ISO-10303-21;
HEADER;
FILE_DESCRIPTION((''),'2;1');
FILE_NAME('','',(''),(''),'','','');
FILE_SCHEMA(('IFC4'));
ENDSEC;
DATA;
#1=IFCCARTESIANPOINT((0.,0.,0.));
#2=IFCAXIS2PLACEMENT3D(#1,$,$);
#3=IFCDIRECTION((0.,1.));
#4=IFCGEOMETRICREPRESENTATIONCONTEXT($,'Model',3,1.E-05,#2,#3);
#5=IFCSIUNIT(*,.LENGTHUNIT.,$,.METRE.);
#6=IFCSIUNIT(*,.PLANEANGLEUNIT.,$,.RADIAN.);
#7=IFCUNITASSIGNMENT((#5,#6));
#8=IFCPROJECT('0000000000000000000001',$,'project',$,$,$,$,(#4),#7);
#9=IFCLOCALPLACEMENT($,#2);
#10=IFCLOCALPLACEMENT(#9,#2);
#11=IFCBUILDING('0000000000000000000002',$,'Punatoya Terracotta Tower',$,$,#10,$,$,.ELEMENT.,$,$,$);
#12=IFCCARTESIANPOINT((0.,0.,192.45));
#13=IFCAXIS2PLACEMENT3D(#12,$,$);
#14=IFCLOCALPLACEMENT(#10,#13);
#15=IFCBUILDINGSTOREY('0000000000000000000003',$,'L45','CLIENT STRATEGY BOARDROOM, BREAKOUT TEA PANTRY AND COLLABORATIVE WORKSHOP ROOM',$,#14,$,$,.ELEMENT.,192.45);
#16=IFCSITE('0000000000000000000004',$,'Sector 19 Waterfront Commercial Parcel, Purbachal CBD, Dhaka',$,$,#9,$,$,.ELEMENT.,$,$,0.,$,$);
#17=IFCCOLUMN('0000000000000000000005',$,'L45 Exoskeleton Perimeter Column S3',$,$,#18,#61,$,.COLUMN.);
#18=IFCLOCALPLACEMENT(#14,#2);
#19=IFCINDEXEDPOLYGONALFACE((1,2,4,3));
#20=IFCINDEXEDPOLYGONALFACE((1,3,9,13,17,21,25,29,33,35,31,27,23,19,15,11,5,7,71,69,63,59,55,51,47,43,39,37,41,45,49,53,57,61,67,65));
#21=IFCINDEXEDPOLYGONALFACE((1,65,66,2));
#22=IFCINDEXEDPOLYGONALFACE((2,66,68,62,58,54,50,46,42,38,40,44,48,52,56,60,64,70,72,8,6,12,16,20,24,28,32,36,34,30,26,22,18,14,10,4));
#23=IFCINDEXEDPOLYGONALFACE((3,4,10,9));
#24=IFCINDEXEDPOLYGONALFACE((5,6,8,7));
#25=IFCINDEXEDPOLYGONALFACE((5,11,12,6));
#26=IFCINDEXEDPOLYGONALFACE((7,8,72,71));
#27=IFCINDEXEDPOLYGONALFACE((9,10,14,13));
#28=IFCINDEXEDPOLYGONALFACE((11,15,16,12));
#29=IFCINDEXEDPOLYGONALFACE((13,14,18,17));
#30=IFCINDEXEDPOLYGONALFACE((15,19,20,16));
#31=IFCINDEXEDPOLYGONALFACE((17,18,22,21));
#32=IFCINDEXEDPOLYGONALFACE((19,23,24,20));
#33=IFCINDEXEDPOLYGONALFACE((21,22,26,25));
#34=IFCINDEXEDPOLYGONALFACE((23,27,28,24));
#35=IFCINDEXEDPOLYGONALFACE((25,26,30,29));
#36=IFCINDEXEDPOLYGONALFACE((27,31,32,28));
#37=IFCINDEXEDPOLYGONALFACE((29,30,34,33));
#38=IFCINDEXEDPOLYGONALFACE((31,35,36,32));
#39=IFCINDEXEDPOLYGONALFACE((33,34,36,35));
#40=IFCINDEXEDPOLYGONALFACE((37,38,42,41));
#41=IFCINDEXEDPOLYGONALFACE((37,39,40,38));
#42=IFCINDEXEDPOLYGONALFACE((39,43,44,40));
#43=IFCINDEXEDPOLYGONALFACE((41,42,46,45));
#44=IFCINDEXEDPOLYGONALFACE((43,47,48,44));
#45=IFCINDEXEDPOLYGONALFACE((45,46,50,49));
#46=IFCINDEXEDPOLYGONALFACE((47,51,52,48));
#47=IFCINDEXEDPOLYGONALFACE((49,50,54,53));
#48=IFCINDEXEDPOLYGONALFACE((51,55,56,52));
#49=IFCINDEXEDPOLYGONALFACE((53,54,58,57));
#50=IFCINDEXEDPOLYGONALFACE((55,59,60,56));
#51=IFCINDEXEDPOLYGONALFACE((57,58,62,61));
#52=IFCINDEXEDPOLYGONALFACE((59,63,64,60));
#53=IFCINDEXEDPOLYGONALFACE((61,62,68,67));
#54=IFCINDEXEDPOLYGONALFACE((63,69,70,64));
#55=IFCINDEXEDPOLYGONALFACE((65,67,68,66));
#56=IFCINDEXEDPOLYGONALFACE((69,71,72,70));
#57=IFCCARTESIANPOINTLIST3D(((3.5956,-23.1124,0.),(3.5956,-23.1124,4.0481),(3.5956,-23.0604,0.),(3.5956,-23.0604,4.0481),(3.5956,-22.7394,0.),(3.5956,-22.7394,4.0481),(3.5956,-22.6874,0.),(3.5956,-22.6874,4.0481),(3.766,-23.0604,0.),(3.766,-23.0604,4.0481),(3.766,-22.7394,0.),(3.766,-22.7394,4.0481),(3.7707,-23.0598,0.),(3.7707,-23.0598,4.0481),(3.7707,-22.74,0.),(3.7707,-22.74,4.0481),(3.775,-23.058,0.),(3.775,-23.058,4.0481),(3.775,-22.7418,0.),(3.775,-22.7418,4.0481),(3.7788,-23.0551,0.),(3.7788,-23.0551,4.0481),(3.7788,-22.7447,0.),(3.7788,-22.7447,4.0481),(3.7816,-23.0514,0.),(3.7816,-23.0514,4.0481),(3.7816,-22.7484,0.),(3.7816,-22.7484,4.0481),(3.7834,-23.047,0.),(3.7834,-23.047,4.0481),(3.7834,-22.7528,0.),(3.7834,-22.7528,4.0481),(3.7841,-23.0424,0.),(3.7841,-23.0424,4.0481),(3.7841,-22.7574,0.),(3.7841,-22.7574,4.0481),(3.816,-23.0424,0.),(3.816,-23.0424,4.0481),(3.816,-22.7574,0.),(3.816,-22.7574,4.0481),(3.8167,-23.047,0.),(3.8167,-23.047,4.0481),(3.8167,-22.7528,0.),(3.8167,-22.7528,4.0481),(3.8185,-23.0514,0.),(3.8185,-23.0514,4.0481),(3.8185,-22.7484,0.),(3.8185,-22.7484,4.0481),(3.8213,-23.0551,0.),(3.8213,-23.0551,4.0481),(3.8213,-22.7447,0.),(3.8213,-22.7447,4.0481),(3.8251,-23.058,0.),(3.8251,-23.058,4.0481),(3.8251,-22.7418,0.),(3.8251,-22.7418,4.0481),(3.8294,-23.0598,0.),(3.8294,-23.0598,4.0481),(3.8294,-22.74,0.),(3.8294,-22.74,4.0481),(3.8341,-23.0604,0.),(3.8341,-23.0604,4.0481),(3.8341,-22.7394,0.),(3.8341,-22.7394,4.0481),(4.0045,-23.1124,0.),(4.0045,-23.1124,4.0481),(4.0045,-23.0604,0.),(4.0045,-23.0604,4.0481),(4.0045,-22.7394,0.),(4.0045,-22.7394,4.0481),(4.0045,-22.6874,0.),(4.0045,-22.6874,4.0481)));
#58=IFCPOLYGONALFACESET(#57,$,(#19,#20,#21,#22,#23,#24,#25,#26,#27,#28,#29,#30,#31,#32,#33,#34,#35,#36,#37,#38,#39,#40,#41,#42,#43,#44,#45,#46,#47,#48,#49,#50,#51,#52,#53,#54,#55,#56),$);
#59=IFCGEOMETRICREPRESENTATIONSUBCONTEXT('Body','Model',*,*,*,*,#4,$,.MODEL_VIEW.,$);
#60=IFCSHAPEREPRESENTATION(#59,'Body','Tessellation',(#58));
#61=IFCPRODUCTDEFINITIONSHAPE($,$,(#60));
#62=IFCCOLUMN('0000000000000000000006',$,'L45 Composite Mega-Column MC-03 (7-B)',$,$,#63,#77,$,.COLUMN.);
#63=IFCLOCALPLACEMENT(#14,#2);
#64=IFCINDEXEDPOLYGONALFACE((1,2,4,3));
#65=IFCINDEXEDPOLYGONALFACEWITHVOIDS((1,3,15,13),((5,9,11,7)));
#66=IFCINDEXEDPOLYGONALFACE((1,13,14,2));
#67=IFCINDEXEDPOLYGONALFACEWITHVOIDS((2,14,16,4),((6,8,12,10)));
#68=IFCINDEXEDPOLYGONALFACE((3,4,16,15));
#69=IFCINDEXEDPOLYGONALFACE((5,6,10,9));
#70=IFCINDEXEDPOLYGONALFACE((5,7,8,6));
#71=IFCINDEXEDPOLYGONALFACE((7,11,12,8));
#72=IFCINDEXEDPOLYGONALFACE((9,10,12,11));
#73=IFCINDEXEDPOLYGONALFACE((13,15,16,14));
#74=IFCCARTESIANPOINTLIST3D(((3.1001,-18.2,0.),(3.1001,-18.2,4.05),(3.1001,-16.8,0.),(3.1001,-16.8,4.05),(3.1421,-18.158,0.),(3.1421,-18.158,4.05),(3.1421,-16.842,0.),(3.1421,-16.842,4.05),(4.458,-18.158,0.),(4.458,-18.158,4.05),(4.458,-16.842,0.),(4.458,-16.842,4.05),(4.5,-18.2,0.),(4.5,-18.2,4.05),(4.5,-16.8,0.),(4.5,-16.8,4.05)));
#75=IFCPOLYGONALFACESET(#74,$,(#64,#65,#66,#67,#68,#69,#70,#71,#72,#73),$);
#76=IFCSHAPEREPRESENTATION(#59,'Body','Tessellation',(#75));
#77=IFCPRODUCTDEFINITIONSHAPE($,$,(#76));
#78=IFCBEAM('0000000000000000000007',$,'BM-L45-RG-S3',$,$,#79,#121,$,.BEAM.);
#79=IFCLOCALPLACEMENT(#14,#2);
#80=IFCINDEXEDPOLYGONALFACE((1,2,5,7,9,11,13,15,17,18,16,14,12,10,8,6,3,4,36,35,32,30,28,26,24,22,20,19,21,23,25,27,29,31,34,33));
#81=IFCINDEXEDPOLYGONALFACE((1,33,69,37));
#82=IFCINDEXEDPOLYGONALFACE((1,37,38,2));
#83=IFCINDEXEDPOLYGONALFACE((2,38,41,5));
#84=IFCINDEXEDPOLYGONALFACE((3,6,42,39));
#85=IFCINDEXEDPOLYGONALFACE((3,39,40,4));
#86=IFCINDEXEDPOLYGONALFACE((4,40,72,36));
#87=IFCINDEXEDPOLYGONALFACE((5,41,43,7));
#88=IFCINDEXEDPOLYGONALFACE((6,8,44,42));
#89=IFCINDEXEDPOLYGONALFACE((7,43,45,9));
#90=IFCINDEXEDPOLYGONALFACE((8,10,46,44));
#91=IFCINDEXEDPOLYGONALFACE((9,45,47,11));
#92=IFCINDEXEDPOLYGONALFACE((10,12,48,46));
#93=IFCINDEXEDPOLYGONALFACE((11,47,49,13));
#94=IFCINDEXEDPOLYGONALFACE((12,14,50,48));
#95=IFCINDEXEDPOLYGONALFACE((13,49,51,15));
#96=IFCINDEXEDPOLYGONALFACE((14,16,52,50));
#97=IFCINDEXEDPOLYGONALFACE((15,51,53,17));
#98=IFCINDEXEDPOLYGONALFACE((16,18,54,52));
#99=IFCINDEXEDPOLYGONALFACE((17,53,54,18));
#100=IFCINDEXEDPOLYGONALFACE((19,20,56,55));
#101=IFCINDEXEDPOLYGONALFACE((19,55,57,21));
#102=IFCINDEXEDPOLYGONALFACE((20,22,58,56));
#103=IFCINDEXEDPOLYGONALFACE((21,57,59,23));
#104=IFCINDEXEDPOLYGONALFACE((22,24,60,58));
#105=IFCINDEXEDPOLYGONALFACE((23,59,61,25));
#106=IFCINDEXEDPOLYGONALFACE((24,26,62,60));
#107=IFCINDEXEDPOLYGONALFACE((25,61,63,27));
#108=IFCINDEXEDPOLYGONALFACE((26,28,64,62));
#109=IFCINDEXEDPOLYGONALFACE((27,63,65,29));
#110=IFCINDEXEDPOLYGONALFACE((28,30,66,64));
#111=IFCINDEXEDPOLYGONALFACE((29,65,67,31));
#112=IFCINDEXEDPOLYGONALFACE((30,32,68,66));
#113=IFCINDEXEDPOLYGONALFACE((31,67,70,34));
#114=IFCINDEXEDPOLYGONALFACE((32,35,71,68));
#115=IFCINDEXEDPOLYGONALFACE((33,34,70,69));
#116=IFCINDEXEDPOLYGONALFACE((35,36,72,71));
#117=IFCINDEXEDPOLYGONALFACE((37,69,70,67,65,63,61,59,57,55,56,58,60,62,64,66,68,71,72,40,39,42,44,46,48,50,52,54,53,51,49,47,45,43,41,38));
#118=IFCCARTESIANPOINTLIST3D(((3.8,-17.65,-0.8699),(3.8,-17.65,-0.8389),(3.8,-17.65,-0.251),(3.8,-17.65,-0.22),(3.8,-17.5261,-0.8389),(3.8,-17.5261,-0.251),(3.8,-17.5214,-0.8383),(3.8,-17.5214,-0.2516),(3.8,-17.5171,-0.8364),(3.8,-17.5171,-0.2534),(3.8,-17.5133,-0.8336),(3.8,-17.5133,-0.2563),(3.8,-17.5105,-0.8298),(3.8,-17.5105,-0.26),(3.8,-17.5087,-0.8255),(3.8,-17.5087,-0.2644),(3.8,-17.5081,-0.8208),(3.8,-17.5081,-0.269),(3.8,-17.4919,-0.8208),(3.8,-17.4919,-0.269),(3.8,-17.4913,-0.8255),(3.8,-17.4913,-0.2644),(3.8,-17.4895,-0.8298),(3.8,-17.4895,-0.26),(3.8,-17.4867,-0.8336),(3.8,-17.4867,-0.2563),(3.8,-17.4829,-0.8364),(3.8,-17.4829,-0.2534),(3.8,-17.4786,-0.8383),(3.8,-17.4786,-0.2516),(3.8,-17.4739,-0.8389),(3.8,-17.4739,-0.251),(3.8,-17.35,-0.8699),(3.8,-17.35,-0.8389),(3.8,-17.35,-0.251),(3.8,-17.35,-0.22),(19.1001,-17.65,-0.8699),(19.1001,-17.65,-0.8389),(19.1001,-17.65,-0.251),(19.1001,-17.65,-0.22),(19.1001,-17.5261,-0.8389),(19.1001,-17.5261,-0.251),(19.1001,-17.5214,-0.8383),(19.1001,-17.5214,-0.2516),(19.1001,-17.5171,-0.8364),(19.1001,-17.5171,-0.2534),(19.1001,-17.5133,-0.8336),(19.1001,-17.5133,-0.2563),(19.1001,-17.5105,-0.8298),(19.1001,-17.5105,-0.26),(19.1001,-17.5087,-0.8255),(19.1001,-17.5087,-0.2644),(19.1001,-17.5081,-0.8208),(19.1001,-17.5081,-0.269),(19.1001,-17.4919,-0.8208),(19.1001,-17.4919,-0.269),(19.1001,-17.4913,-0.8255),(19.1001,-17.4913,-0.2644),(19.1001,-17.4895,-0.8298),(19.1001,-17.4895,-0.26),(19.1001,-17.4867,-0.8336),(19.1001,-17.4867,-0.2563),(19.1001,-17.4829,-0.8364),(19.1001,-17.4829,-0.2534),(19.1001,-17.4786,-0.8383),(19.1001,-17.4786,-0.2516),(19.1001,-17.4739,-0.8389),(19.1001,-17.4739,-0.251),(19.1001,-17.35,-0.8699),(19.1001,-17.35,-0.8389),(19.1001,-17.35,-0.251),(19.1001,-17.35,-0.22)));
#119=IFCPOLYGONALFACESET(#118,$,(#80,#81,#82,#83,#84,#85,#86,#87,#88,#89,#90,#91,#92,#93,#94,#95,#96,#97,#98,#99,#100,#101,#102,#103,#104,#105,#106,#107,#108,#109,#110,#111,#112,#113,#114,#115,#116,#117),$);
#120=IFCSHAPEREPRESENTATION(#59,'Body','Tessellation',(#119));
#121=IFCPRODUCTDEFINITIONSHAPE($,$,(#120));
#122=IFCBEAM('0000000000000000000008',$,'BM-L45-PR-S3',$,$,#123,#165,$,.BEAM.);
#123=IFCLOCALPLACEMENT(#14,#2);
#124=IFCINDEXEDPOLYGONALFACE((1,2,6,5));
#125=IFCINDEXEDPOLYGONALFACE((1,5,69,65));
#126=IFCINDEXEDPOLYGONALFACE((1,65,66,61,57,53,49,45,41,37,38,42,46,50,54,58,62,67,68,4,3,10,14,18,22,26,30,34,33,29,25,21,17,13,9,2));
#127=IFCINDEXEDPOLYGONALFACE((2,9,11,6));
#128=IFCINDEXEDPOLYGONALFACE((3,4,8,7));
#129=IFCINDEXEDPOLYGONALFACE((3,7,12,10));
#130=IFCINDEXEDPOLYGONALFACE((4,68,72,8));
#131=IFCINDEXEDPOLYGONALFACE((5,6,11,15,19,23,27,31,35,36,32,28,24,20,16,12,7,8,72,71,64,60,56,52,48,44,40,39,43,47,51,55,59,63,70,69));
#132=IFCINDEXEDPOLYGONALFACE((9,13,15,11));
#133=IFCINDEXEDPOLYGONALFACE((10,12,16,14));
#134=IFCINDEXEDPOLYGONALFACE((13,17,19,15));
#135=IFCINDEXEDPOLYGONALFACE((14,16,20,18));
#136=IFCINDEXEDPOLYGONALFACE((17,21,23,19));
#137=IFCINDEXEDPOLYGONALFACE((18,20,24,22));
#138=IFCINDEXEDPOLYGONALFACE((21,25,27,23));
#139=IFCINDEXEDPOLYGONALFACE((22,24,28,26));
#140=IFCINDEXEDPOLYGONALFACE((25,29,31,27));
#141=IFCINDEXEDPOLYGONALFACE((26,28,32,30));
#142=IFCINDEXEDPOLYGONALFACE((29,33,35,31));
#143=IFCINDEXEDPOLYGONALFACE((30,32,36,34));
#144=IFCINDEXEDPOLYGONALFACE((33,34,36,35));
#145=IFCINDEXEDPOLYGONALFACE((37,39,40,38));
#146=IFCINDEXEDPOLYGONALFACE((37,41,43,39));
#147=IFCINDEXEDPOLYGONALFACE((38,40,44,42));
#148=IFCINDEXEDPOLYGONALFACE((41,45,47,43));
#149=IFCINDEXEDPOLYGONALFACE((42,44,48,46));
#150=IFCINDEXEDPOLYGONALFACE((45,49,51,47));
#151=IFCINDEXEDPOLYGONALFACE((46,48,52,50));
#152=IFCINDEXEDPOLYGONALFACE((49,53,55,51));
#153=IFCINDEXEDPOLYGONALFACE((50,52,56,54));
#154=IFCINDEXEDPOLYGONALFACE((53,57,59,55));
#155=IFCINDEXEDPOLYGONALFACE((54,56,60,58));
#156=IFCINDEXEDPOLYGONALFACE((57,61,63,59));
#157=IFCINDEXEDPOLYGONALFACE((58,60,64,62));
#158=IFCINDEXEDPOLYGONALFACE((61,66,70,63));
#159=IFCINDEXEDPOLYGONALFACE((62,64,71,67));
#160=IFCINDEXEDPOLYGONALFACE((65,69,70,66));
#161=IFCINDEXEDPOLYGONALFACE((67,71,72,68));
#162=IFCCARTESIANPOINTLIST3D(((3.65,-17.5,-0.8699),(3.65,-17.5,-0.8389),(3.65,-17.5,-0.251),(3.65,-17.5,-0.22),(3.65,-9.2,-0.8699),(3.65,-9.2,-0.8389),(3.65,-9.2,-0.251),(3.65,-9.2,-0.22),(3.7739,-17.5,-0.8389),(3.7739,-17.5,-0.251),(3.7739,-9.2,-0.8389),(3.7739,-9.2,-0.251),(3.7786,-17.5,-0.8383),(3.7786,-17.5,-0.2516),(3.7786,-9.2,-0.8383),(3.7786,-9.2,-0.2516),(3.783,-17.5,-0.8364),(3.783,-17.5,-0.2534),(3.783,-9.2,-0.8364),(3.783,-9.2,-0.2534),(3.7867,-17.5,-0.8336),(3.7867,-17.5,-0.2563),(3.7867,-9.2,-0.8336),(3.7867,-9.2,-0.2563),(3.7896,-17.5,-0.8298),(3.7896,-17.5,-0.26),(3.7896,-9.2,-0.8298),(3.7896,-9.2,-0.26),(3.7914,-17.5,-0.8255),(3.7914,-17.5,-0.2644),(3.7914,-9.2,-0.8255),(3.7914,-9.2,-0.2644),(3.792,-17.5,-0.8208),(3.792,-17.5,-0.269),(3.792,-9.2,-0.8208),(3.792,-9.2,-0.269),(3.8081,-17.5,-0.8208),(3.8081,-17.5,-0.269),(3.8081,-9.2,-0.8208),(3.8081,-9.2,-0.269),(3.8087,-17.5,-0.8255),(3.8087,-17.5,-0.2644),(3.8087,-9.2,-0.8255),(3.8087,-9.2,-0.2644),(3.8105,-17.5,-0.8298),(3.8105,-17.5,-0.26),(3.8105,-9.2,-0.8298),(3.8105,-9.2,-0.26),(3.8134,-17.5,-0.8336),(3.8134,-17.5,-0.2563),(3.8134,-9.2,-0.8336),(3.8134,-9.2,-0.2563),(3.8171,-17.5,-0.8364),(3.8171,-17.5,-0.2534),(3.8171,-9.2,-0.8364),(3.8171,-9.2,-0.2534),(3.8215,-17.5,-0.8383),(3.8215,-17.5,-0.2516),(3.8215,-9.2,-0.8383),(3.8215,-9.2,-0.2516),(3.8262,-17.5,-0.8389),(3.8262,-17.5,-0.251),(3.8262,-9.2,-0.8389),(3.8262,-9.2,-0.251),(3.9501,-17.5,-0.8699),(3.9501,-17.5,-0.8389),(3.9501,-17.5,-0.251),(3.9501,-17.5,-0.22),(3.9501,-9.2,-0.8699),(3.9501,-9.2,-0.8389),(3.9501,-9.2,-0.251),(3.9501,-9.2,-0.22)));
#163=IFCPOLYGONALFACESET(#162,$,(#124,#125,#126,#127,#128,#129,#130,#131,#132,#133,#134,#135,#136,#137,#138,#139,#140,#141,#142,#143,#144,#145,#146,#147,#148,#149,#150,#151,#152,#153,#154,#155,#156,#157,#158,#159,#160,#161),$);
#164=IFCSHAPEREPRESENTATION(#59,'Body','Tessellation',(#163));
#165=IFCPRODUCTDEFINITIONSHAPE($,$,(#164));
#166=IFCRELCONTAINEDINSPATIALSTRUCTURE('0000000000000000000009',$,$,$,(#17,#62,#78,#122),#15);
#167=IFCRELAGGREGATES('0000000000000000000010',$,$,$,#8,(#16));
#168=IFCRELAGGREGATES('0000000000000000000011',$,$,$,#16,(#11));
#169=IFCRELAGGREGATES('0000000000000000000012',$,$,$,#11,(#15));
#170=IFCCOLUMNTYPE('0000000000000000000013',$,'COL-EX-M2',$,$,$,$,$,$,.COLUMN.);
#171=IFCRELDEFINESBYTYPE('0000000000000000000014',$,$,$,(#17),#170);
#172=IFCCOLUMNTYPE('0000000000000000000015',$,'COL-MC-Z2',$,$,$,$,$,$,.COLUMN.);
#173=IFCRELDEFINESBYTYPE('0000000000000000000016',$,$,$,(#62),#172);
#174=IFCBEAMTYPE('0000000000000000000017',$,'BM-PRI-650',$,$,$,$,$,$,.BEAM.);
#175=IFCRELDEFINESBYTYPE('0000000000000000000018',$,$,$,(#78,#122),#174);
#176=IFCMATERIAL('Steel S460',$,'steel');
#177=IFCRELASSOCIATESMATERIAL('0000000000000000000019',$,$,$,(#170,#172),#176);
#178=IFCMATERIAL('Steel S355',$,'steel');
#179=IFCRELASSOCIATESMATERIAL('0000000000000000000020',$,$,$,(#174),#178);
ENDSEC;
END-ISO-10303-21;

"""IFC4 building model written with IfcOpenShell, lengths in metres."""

from ifc_helpers import new_model, si_unit, direction, frame, origin, origin_2d, place, context, subcontext, project, spatial, hollow_rectangle, i_section, extrude, material, material_profile, profile_set, type_object, element, save


model = new_model("IFC4")

# Units and contexts
model_context = context("Model", 3, precision=1e-05, world=origin(), true_north=direction((0.0, 1.0)))
body_context = subcontext(model_context, "Body", "Model", "MODEL_VIEW")
ifc_project = project(units=[si_unit("LENGTHUNIT", "METRE"), si_unit("PLANEANGLEUNIT", "RADIAN")], contexts=[model_context])

# Site, building, storey
site_placement = place(None, origin())
site = spatial("IfcSite", under=ifc_project, at=site_placement, Name="Sector 19 Waterfront Commercial Parcel, Purbachal CBD, Dhaka", CompositionType="ELEMENT", RefElevation=0.0)
building_placement = place(site_placement, origin())
building = spatial("IfcBuilding", under=site, at=building_placement, Name="Punatoya Terracotta Tower", CompositionType="ELEMENT")
storey_placement = place(building_placement, frame((0.0, 0.0, 192.45)))
storey = spatial("IfcBuildingStorey", under=building, at=storey_placement, Name="L45", Description="CLIENT STRATEGY BOARDROOM, BREAKOUT TEA PANTRY AND COLLABORATIVE WORKSHOP ROOM", CompositionType="ELEMENT", Elevation=192.45)

# Columns
ifc_material_1 = material(Name="Steel S460", Category="steel")
ifc_material_profile_1 = material_profile(ifc_material_1, i_section(OverallWidth=0.4089, OverallDepth=0.425, WebThickness=0.032, FlangeThickness=0.052, FilletRadius=0.0181, at=origin_2d()))
ifc_profile_set_1 = profile_set([ifc_material_profile_1], Name="Steel S460")
column_type_1 = type_object("IfcColumnType", Name="COL-EX-M2", PredefinedType="COLUMN", material=ifc_profile_set_1)
column_1_placement = place(storey_placement, frame((3.8, -22.8999, 0.0), z_axis=(0.0, 0.0, 1.0), x_axis=(1.0, 0.0, 0.0)))
element("IfcColumn", 1, at=column_1_placement, inside=storey, type_object=column_type_1, Name="L45 Exoskeleton Perimeter Column S3", PredefinedType="COLUMN", context=body_context, shape_type="SweptSolid", body=[
    extrude(i_section(OverallWidth=0.4089, OverallDepth=0.425, WebThickness=0.032, FlangeThickness=0.052, FilletRadius=0.0181, at=origin_2d()), origin(), (0.0, 0.0, 1.0), 4.0481),
])
ifc_material_profile_2 = material_profile(ifc_material_1, hollow_rectangle(XDim=1.3999, YDim=1.3999, WallThickness=0.042, at=origin_2d()))
ifc_profile_set_2 = profile_set([ifc_material_profile_2], Name="Steel S460")
column_type_2 = type_object("IfcColumnType", Name="COL-MC-Z2", PredefinedType="COLUMN", material=ifc_profile_set_2)
column_2_placement = place(storey_placement, frame((3.8, -17.5, 0.0), z_axis=(0.0, 0.0, 1.0), x_axis=(1.0, 0.0, 0.0)))
element("IfcColumn", 2, at=column_2_placement, inside=storey, type_object=column_type_2, Name="L45 Composite Mega-Column MC-03 (7-B)", PredefinedType="COLUMN", context=body_context, shape_type="SweptSolid", body=[
    extrude(hollow_rectangle(XDim=1.3999, YDim=1.3999, WallThickness=0.042, at=origin_2d()), origin(), (0.0, 0.0, 1.0), 4.05),
])

# Beams
ifc_material_2 = material(Name="Steel S355", Category="steel")
ifc_material_profile_3 = material_profile(ifc_material_2, i_section(OverallWidth=0.3, OverallDepth=0.6499, WebThickness=0.0161, FlangeThickness=0.031, FilletRadius=0.0181, at=origin_2d()))
ifc_profile_set_3 = profile_set([ifc_material_profile_3], Name="Steel S355")
beam_type_1 = type_object("IfcBeamType", Name="BM-PRI-650", PredefinedType="BEAM", material=ifc_profile_set_3)
beam_1_placement = place(storey_placement, frame((3.8, -17.5, -0.5449), z_axis=(1.0, 0.0, 0.0), x_axis=(0.0, 1.0, 0.0)))
element("IfcBeam", 3, at=beam_1_placement, inside=storey, type_object=beam_type_1, Name="BM-L45-RG-S3", PredefinedType="BEAM", context=body_context, shape_type="SweptSolid", body=[
    extrude(i_section(OverallWidth=0.3, OverallDepth=0.6499, WebThickness=0.0161, FlangeThickness=0.031, FilletRadius=0.0181, at=origin_2d()), origin(), (0.0, 0.0, 1.0), 15.3),
])
beam_2_placement = place(storey_placement, frame((3.8, -17.5, -0.5449), z_axis=(0.0, 1.0, 0.0), x_axis=(-1.0, 0.0, 0.0)))
element("IfcBeam", 4, at=beam_2_placement, inside=storey, type_object=beam_type_1, Name="BM-L45-PR-S3", PredefinedType="BEAM", context=body_context, shape_type="SweptSolid", body=[
    extrude(i_section(OverallWidth=0.3, OverallDepth=0.6499, WebThickness=0.0161, FlangeThickness=0.031, FilletRadius=0.0181, at=origin_2d()), origin(), (0.0, 0.0, 1.0), 8.3),
])

save(model, "model.ifc")
